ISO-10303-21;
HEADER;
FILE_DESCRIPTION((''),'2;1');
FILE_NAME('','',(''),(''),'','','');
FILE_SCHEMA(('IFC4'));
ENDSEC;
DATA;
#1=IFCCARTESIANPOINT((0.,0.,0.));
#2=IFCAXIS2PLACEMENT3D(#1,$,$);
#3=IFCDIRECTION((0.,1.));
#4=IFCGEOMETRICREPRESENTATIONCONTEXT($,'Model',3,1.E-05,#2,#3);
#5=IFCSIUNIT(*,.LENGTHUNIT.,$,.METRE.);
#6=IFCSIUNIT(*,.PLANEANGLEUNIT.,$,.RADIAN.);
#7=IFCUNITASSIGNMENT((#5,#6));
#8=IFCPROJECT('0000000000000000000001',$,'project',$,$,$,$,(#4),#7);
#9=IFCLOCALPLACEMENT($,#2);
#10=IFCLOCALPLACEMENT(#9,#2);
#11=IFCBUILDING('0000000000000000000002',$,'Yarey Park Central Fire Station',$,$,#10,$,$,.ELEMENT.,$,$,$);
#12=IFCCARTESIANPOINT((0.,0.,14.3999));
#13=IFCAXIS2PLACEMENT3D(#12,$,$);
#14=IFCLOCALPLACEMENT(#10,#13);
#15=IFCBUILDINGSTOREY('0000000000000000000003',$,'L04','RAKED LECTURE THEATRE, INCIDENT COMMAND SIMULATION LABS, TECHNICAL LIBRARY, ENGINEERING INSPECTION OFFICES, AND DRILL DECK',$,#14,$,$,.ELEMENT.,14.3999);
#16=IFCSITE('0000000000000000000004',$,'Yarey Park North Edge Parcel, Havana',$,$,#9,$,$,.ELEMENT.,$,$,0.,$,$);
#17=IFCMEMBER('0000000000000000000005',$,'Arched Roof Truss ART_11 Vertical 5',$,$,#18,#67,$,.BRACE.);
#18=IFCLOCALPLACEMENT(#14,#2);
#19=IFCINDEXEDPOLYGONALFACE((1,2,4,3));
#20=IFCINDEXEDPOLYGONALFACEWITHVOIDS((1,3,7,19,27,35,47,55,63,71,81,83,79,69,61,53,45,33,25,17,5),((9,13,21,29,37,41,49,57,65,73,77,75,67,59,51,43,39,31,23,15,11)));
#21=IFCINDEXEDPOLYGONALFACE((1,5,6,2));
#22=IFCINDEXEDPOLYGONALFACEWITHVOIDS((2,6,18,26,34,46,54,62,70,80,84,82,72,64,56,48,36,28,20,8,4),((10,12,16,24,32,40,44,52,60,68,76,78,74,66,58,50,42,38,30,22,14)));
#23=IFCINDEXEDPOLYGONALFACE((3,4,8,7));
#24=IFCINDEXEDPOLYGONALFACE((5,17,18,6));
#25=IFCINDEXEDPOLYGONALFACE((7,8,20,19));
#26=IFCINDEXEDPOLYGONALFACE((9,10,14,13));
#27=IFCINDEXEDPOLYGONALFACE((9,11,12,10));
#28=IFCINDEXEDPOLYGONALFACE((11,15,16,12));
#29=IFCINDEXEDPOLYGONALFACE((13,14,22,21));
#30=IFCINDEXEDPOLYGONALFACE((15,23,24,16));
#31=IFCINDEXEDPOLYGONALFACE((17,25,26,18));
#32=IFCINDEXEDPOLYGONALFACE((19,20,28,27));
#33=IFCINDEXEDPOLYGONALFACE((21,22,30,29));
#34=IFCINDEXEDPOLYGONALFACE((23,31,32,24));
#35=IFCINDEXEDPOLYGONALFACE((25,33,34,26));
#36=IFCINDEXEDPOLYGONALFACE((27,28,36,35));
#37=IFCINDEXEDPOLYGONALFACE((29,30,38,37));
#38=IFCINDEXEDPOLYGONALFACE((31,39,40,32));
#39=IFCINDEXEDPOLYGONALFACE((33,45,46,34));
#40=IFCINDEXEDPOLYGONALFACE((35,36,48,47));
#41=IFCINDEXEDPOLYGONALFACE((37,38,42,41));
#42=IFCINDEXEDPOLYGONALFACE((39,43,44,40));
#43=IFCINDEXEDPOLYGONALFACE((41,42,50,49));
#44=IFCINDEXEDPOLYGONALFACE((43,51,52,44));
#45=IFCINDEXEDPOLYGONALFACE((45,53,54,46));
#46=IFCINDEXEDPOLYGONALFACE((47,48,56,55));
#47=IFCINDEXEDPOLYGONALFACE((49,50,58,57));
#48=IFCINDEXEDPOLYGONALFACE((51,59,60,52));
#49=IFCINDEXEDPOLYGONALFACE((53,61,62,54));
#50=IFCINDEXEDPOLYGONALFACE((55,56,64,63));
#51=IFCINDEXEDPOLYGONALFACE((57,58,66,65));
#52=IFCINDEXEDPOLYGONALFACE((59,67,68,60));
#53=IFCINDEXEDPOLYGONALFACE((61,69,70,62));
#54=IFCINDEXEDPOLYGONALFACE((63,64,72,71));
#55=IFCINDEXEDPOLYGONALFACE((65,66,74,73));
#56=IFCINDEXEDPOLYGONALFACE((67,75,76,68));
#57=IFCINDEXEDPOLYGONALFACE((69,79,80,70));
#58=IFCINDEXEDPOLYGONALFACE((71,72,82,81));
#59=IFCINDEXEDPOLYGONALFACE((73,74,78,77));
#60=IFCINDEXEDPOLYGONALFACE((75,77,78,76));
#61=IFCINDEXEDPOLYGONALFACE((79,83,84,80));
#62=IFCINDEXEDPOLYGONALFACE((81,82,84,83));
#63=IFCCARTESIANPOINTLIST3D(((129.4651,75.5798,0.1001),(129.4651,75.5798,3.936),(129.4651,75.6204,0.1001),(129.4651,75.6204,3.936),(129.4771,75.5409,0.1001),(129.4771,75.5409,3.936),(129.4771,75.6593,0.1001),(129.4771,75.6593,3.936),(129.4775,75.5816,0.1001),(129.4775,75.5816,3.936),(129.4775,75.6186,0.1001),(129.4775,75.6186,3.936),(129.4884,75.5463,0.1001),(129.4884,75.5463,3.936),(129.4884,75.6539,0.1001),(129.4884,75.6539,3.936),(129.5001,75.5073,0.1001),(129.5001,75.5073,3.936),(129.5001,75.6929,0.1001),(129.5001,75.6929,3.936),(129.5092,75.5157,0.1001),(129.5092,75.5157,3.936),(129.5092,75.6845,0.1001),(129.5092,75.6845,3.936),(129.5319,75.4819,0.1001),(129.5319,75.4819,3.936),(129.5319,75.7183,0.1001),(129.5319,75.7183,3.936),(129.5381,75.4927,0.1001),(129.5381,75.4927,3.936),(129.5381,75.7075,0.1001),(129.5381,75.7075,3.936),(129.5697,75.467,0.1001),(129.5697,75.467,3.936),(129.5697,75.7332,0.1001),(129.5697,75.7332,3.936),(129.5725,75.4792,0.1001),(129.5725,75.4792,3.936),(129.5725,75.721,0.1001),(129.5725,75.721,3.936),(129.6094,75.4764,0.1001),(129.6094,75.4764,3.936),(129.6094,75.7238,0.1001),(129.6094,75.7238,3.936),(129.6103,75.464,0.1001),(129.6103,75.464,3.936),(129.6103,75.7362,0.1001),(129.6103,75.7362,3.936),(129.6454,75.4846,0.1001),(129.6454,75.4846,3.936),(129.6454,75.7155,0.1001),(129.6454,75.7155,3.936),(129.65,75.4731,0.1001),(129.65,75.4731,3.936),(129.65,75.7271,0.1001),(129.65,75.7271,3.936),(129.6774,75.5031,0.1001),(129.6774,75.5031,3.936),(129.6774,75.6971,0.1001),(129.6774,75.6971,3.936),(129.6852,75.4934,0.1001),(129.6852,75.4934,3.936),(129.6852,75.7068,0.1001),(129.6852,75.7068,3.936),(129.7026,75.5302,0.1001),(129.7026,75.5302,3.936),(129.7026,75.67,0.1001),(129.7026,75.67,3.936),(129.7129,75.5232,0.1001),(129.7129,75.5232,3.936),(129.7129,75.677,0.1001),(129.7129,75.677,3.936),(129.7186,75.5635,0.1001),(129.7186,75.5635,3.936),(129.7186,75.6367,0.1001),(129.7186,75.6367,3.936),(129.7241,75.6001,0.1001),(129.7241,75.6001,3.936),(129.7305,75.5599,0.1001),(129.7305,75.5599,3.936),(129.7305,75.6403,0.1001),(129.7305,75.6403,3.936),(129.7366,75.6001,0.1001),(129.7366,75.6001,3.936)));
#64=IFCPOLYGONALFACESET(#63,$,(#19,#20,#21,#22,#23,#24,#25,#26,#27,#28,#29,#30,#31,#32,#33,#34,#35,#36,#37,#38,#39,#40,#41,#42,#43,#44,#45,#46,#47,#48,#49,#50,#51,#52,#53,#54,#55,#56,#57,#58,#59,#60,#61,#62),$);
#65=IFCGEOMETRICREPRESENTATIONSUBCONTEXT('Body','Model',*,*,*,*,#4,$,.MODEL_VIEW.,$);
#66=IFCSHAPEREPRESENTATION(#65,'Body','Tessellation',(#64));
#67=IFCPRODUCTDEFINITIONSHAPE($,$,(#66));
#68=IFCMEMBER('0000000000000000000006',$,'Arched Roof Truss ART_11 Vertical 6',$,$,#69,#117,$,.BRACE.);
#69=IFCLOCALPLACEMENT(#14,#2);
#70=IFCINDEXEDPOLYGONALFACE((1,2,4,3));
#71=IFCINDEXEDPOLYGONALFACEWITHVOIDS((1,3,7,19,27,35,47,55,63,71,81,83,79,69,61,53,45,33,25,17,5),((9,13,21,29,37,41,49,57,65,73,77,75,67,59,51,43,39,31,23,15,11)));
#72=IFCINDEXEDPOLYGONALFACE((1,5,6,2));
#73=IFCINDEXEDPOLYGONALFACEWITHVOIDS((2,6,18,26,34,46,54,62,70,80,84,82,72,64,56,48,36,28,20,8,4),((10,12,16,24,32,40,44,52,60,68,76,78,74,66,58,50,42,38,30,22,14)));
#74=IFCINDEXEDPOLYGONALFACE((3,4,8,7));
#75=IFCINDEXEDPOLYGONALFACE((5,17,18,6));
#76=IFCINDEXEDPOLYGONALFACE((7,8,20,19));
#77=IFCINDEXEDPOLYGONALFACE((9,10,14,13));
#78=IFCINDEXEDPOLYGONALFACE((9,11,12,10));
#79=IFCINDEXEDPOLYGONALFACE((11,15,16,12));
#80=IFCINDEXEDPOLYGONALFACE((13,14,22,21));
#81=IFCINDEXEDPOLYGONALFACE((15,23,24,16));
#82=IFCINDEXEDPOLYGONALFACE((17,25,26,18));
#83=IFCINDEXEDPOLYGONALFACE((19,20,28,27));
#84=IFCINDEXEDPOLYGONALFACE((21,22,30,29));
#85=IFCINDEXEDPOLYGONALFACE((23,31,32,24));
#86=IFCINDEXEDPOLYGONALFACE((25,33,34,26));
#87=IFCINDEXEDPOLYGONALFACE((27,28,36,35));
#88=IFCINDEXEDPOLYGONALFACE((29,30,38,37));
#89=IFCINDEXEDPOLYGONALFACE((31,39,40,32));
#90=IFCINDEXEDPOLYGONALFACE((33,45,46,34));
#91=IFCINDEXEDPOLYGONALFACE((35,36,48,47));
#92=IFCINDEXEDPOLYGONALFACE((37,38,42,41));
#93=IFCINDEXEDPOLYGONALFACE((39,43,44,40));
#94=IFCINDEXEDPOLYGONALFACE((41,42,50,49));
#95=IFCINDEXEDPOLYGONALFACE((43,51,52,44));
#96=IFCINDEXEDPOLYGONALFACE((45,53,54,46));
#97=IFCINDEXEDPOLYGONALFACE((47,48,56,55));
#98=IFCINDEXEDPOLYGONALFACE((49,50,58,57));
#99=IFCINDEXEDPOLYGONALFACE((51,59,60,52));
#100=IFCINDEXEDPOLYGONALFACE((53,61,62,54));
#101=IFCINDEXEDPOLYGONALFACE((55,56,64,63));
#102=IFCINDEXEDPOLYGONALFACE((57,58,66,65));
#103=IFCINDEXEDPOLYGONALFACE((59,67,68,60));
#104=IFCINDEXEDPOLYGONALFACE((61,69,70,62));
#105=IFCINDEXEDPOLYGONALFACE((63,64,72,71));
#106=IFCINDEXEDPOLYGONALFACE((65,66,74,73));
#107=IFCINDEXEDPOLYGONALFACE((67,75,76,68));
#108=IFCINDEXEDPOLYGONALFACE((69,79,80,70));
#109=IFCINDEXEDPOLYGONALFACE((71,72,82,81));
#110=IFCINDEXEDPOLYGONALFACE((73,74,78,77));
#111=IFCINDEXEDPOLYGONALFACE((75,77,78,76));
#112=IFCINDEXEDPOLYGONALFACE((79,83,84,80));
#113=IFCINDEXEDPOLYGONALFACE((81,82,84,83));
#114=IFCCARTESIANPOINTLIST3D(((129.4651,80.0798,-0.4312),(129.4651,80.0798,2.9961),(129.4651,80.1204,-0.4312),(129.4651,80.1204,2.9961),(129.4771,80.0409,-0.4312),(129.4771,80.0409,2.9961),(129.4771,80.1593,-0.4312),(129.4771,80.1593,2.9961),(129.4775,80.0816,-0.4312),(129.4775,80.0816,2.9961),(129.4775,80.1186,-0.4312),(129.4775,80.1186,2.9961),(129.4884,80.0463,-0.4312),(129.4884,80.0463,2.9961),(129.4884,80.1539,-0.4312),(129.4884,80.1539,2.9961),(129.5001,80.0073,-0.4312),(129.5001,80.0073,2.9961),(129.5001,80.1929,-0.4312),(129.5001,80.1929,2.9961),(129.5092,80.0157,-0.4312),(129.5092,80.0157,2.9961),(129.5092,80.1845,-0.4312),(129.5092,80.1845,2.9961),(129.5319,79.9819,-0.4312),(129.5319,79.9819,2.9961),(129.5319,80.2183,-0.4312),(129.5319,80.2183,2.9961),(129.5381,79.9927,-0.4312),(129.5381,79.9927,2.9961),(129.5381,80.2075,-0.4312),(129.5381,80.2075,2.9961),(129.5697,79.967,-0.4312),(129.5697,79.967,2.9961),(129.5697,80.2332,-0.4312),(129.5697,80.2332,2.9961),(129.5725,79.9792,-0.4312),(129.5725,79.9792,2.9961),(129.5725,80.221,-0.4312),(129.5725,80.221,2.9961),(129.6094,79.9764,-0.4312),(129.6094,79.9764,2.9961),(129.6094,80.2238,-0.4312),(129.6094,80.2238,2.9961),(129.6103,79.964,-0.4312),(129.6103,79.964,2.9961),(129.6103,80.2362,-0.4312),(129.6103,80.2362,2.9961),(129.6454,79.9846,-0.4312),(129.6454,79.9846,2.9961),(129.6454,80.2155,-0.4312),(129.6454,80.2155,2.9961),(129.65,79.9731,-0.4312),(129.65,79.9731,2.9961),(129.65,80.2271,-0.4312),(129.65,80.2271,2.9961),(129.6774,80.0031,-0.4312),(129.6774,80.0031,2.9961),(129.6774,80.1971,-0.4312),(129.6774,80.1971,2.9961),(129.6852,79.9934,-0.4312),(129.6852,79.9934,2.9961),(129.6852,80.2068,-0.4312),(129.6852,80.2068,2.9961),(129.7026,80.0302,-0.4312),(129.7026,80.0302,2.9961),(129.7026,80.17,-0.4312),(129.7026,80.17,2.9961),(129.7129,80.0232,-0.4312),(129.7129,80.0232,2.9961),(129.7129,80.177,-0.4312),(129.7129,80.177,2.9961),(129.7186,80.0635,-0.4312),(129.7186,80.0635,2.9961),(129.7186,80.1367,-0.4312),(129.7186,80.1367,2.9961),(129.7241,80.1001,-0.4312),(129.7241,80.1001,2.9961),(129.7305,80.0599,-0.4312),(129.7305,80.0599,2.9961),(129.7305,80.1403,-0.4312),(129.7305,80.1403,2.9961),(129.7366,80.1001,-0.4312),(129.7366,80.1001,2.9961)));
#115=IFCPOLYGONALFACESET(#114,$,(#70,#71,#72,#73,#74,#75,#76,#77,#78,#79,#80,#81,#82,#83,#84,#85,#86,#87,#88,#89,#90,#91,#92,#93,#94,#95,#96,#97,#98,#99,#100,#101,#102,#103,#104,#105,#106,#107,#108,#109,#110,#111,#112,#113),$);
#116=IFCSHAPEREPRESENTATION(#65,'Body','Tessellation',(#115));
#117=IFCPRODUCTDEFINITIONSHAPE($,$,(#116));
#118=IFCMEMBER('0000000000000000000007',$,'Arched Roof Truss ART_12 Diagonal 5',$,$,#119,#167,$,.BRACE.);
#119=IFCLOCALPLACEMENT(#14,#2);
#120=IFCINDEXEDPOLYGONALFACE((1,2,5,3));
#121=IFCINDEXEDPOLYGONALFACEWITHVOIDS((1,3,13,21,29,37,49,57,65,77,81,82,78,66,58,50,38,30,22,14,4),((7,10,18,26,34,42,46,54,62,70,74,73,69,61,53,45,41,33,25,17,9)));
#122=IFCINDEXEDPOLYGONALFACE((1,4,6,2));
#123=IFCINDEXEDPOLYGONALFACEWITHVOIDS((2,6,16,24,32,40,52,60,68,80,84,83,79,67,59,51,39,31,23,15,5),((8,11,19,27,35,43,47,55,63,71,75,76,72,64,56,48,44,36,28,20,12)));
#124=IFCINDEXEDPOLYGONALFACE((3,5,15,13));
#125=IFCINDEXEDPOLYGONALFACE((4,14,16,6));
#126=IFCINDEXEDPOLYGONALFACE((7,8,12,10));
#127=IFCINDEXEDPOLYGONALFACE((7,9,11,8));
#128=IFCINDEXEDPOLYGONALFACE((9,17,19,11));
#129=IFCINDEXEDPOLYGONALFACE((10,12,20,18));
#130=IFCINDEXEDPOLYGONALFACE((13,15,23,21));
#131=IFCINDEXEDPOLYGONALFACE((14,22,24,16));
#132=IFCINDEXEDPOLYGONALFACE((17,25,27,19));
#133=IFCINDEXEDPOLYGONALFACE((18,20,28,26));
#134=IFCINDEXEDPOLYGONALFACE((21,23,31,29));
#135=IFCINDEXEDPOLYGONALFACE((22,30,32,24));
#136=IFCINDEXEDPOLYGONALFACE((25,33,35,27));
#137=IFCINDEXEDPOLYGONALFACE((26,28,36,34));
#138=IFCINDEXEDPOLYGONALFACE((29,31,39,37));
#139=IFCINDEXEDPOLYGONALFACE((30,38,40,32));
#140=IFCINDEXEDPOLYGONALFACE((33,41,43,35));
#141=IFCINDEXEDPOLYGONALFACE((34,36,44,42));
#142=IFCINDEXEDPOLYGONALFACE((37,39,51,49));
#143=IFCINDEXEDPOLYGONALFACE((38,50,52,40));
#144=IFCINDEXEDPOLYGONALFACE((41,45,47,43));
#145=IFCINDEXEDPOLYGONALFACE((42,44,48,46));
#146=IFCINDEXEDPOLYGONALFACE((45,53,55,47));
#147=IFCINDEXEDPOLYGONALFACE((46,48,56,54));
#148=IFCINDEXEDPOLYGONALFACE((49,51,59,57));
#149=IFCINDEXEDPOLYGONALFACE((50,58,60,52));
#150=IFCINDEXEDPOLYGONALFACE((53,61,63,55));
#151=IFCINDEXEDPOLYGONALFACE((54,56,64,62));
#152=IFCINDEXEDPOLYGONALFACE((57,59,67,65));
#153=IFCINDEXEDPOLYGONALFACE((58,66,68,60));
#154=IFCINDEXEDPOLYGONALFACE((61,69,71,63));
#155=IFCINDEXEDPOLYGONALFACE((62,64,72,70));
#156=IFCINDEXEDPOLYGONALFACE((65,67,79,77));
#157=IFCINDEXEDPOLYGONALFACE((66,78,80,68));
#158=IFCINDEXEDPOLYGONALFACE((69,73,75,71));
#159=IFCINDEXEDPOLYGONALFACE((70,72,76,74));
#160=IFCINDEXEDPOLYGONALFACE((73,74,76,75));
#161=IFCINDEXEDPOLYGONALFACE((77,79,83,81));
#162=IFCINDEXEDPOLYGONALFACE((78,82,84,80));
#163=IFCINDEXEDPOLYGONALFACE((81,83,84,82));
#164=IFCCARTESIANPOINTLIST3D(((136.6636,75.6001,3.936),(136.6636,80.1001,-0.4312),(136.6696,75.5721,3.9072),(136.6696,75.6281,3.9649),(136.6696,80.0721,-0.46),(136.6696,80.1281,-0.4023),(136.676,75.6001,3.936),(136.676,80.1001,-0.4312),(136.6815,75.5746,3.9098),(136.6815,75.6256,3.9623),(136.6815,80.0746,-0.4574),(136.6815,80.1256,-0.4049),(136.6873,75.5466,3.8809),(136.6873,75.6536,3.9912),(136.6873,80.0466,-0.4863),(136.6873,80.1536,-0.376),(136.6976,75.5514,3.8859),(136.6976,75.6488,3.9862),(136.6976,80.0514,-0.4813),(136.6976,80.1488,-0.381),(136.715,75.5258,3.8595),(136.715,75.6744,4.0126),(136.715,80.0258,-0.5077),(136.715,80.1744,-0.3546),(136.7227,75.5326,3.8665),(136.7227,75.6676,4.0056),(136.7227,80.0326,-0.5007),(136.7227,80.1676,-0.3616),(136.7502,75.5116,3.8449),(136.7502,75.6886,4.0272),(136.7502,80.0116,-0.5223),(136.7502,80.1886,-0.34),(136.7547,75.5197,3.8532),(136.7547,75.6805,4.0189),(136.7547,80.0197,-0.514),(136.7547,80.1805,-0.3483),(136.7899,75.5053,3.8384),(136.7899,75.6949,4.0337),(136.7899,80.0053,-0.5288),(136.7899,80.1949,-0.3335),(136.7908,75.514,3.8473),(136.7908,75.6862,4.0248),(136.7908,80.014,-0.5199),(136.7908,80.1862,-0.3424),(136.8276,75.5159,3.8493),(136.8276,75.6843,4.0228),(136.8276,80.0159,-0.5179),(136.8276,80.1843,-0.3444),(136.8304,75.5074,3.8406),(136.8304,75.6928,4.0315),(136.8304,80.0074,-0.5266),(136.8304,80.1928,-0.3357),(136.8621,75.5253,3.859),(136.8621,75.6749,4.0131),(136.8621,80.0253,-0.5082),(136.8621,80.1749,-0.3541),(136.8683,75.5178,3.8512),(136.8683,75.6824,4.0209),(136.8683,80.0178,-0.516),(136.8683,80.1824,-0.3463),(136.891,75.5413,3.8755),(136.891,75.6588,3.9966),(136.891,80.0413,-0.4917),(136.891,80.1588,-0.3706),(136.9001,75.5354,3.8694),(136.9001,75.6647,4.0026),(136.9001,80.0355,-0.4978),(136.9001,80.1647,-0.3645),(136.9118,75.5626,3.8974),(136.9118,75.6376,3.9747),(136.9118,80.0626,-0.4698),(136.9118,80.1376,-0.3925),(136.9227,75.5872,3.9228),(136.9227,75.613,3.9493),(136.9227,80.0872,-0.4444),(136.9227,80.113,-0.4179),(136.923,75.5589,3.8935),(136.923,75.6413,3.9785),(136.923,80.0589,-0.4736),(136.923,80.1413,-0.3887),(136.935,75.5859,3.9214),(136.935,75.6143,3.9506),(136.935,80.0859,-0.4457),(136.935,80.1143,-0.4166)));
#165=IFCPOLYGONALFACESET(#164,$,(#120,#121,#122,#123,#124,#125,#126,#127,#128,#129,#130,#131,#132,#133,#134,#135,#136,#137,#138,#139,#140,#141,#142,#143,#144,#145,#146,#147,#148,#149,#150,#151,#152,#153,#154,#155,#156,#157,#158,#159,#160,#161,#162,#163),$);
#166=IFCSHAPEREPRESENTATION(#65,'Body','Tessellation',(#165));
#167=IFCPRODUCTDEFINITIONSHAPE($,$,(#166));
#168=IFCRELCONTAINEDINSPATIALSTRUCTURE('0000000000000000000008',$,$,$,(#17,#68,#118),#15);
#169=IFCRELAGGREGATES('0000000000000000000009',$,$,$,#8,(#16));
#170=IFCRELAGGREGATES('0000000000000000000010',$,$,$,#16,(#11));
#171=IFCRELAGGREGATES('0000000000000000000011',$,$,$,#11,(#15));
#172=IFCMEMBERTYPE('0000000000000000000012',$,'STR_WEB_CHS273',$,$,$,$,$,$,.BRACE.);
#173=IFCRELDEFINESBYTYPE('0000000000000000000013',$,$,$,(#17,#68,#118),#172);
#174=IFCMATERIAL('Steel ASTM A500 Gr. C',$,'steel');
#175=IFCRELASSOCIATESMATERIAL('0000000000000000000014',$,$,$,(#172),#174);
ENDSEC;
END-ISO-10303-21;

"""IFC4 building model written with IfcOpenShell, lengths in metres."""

from ifc_helpers import new_model, si_unit, direction, frame, origin, origin_2d, place, context, subcontext, project, spatial, hollow_circle, extrude, material, material_profile, profile_set, type_object, element, save


model = new_model("IFC4")

# Units and contexts
model_context = context("Model", 3, precision=1e-05, world=origin(), true_north=direction((0.0, 1.0)))
body_context = subcontext(model_context, "Body", "Model", "MODEL_VIEW")
ifc_project = project(units=[si_unit("LENGTHUNIT", "METRE"), si_unit("PLANEANGLEUNIT", "RADIAN")], contexts=[model_context])

# Site, building, storey
site_placement = place(None, origin())
site = spatial("IfcSite", under=ifc_project, at=site_placement, Name="Yarey Park North Edge Parcel, Havana", CompositionType="ELEMENT", RefElevation=0.0)
building_placement = place(site_placement, origin())
building = spatial("IfcBuilding", under=site, at=building_placement, Name="Yarey Park Central Fire Station", CompositionType="ELEMENT")
storey_placement = place(building_placement, frame((0.0, 0.0, 14.3999)))
storey = spatial("IfcBuildingStorey", under=building, at=storey_placement, Name="L04", Description="RAKED LECTURE THEATRE, INCIDENT COMMAND SIMULATION LABS, TECHNICAL LIBRARY, ENGINEERING INSPECTION OFFICES, AND DRILL DECK", CompositionType="ELEMENT", Elevation=14.3999)

# Members
ifc_material_1 = material(Name="Steel ASTM A500 Gr. C", Category="steel")
ifc_material_profile_1 = material_profile(ifc_material_1, hollow_circle(Radius=0.1365, WallThickness=0.0125, at=origin_2d()), Name="CHS 273x12.5")
ifc_profile_set_1 = profile_set([ifc_material_profile_1], Name="Steel ASTM A500 Gr. C")
member_type_1 = type_object("IfcMemberType", Name="STR_WEB_CHS273", PredefinedType="BRACE", material=ifc_profile_set_1)
member_1_placement = place(storey_placement, frame((129.6001, 75.6001, 0.1001), z_axis=(0.0, 0.0, 1.0), x_axis=(1.0, 0.0, 0.0)))
element("IfcMember", 1, at=member_1_placement, inside=storey, type_object=member_type_1, Name="Arched Roof Truss ART_11 Vertical 5", PredefinedType="BRACE", context=body_context, shape_type="SweptSolid", body=[
    extrude(hollow_circle(Radius=0.1365, WallThickness=0.0125, at=origin_2d()), origin(), (0.0, 0.0, 1.0), 3.8359),
])
member_2_placement = place(storey_placement, frame((129.6001, 80.1001, -0.4312), z_axis=(0.0, 0.0, 1.0), x_axis=(1.0, 0.0, 0.0)))
element("IfcMember", 2, at=member_2_placement, inside=storey, type_object=member_type_1, Name="Arched Roof Truss ART_11 Vertical 6", PredefinedType="BRACE", context=body_context, shape_type="SweptSolid", body=[
    extrude(hollow_circle(Radius=0.1365, WallThickness=0.0125, at=origin_2d()), origin(), (0.0, 0.0, 1.0), 3.4272),
])
member_3_placement = place(storey_placement, frame((136.8, 75.6001, 3.936), z_axis=(0.0, 0.717617, -0.696438), x_axis=(-1.0, 0.0, 0.0)))
element("IfcMember", 3, at=member_3_placement, inside=storey, type_object=member_type_1, Name="Arched Roof Truss ART_12 Diagonal 5", PredefinedType="BRACE", context=body_context, shape_type="SweptSolid", body=[
    extrude(hollow_circle(Radius=0.1365, WallThickness=0.0125, at=origin_2d()), origin(), (0.0, 0.0, 1.0), 6.2708),
])

save(model, "model.ifc")
